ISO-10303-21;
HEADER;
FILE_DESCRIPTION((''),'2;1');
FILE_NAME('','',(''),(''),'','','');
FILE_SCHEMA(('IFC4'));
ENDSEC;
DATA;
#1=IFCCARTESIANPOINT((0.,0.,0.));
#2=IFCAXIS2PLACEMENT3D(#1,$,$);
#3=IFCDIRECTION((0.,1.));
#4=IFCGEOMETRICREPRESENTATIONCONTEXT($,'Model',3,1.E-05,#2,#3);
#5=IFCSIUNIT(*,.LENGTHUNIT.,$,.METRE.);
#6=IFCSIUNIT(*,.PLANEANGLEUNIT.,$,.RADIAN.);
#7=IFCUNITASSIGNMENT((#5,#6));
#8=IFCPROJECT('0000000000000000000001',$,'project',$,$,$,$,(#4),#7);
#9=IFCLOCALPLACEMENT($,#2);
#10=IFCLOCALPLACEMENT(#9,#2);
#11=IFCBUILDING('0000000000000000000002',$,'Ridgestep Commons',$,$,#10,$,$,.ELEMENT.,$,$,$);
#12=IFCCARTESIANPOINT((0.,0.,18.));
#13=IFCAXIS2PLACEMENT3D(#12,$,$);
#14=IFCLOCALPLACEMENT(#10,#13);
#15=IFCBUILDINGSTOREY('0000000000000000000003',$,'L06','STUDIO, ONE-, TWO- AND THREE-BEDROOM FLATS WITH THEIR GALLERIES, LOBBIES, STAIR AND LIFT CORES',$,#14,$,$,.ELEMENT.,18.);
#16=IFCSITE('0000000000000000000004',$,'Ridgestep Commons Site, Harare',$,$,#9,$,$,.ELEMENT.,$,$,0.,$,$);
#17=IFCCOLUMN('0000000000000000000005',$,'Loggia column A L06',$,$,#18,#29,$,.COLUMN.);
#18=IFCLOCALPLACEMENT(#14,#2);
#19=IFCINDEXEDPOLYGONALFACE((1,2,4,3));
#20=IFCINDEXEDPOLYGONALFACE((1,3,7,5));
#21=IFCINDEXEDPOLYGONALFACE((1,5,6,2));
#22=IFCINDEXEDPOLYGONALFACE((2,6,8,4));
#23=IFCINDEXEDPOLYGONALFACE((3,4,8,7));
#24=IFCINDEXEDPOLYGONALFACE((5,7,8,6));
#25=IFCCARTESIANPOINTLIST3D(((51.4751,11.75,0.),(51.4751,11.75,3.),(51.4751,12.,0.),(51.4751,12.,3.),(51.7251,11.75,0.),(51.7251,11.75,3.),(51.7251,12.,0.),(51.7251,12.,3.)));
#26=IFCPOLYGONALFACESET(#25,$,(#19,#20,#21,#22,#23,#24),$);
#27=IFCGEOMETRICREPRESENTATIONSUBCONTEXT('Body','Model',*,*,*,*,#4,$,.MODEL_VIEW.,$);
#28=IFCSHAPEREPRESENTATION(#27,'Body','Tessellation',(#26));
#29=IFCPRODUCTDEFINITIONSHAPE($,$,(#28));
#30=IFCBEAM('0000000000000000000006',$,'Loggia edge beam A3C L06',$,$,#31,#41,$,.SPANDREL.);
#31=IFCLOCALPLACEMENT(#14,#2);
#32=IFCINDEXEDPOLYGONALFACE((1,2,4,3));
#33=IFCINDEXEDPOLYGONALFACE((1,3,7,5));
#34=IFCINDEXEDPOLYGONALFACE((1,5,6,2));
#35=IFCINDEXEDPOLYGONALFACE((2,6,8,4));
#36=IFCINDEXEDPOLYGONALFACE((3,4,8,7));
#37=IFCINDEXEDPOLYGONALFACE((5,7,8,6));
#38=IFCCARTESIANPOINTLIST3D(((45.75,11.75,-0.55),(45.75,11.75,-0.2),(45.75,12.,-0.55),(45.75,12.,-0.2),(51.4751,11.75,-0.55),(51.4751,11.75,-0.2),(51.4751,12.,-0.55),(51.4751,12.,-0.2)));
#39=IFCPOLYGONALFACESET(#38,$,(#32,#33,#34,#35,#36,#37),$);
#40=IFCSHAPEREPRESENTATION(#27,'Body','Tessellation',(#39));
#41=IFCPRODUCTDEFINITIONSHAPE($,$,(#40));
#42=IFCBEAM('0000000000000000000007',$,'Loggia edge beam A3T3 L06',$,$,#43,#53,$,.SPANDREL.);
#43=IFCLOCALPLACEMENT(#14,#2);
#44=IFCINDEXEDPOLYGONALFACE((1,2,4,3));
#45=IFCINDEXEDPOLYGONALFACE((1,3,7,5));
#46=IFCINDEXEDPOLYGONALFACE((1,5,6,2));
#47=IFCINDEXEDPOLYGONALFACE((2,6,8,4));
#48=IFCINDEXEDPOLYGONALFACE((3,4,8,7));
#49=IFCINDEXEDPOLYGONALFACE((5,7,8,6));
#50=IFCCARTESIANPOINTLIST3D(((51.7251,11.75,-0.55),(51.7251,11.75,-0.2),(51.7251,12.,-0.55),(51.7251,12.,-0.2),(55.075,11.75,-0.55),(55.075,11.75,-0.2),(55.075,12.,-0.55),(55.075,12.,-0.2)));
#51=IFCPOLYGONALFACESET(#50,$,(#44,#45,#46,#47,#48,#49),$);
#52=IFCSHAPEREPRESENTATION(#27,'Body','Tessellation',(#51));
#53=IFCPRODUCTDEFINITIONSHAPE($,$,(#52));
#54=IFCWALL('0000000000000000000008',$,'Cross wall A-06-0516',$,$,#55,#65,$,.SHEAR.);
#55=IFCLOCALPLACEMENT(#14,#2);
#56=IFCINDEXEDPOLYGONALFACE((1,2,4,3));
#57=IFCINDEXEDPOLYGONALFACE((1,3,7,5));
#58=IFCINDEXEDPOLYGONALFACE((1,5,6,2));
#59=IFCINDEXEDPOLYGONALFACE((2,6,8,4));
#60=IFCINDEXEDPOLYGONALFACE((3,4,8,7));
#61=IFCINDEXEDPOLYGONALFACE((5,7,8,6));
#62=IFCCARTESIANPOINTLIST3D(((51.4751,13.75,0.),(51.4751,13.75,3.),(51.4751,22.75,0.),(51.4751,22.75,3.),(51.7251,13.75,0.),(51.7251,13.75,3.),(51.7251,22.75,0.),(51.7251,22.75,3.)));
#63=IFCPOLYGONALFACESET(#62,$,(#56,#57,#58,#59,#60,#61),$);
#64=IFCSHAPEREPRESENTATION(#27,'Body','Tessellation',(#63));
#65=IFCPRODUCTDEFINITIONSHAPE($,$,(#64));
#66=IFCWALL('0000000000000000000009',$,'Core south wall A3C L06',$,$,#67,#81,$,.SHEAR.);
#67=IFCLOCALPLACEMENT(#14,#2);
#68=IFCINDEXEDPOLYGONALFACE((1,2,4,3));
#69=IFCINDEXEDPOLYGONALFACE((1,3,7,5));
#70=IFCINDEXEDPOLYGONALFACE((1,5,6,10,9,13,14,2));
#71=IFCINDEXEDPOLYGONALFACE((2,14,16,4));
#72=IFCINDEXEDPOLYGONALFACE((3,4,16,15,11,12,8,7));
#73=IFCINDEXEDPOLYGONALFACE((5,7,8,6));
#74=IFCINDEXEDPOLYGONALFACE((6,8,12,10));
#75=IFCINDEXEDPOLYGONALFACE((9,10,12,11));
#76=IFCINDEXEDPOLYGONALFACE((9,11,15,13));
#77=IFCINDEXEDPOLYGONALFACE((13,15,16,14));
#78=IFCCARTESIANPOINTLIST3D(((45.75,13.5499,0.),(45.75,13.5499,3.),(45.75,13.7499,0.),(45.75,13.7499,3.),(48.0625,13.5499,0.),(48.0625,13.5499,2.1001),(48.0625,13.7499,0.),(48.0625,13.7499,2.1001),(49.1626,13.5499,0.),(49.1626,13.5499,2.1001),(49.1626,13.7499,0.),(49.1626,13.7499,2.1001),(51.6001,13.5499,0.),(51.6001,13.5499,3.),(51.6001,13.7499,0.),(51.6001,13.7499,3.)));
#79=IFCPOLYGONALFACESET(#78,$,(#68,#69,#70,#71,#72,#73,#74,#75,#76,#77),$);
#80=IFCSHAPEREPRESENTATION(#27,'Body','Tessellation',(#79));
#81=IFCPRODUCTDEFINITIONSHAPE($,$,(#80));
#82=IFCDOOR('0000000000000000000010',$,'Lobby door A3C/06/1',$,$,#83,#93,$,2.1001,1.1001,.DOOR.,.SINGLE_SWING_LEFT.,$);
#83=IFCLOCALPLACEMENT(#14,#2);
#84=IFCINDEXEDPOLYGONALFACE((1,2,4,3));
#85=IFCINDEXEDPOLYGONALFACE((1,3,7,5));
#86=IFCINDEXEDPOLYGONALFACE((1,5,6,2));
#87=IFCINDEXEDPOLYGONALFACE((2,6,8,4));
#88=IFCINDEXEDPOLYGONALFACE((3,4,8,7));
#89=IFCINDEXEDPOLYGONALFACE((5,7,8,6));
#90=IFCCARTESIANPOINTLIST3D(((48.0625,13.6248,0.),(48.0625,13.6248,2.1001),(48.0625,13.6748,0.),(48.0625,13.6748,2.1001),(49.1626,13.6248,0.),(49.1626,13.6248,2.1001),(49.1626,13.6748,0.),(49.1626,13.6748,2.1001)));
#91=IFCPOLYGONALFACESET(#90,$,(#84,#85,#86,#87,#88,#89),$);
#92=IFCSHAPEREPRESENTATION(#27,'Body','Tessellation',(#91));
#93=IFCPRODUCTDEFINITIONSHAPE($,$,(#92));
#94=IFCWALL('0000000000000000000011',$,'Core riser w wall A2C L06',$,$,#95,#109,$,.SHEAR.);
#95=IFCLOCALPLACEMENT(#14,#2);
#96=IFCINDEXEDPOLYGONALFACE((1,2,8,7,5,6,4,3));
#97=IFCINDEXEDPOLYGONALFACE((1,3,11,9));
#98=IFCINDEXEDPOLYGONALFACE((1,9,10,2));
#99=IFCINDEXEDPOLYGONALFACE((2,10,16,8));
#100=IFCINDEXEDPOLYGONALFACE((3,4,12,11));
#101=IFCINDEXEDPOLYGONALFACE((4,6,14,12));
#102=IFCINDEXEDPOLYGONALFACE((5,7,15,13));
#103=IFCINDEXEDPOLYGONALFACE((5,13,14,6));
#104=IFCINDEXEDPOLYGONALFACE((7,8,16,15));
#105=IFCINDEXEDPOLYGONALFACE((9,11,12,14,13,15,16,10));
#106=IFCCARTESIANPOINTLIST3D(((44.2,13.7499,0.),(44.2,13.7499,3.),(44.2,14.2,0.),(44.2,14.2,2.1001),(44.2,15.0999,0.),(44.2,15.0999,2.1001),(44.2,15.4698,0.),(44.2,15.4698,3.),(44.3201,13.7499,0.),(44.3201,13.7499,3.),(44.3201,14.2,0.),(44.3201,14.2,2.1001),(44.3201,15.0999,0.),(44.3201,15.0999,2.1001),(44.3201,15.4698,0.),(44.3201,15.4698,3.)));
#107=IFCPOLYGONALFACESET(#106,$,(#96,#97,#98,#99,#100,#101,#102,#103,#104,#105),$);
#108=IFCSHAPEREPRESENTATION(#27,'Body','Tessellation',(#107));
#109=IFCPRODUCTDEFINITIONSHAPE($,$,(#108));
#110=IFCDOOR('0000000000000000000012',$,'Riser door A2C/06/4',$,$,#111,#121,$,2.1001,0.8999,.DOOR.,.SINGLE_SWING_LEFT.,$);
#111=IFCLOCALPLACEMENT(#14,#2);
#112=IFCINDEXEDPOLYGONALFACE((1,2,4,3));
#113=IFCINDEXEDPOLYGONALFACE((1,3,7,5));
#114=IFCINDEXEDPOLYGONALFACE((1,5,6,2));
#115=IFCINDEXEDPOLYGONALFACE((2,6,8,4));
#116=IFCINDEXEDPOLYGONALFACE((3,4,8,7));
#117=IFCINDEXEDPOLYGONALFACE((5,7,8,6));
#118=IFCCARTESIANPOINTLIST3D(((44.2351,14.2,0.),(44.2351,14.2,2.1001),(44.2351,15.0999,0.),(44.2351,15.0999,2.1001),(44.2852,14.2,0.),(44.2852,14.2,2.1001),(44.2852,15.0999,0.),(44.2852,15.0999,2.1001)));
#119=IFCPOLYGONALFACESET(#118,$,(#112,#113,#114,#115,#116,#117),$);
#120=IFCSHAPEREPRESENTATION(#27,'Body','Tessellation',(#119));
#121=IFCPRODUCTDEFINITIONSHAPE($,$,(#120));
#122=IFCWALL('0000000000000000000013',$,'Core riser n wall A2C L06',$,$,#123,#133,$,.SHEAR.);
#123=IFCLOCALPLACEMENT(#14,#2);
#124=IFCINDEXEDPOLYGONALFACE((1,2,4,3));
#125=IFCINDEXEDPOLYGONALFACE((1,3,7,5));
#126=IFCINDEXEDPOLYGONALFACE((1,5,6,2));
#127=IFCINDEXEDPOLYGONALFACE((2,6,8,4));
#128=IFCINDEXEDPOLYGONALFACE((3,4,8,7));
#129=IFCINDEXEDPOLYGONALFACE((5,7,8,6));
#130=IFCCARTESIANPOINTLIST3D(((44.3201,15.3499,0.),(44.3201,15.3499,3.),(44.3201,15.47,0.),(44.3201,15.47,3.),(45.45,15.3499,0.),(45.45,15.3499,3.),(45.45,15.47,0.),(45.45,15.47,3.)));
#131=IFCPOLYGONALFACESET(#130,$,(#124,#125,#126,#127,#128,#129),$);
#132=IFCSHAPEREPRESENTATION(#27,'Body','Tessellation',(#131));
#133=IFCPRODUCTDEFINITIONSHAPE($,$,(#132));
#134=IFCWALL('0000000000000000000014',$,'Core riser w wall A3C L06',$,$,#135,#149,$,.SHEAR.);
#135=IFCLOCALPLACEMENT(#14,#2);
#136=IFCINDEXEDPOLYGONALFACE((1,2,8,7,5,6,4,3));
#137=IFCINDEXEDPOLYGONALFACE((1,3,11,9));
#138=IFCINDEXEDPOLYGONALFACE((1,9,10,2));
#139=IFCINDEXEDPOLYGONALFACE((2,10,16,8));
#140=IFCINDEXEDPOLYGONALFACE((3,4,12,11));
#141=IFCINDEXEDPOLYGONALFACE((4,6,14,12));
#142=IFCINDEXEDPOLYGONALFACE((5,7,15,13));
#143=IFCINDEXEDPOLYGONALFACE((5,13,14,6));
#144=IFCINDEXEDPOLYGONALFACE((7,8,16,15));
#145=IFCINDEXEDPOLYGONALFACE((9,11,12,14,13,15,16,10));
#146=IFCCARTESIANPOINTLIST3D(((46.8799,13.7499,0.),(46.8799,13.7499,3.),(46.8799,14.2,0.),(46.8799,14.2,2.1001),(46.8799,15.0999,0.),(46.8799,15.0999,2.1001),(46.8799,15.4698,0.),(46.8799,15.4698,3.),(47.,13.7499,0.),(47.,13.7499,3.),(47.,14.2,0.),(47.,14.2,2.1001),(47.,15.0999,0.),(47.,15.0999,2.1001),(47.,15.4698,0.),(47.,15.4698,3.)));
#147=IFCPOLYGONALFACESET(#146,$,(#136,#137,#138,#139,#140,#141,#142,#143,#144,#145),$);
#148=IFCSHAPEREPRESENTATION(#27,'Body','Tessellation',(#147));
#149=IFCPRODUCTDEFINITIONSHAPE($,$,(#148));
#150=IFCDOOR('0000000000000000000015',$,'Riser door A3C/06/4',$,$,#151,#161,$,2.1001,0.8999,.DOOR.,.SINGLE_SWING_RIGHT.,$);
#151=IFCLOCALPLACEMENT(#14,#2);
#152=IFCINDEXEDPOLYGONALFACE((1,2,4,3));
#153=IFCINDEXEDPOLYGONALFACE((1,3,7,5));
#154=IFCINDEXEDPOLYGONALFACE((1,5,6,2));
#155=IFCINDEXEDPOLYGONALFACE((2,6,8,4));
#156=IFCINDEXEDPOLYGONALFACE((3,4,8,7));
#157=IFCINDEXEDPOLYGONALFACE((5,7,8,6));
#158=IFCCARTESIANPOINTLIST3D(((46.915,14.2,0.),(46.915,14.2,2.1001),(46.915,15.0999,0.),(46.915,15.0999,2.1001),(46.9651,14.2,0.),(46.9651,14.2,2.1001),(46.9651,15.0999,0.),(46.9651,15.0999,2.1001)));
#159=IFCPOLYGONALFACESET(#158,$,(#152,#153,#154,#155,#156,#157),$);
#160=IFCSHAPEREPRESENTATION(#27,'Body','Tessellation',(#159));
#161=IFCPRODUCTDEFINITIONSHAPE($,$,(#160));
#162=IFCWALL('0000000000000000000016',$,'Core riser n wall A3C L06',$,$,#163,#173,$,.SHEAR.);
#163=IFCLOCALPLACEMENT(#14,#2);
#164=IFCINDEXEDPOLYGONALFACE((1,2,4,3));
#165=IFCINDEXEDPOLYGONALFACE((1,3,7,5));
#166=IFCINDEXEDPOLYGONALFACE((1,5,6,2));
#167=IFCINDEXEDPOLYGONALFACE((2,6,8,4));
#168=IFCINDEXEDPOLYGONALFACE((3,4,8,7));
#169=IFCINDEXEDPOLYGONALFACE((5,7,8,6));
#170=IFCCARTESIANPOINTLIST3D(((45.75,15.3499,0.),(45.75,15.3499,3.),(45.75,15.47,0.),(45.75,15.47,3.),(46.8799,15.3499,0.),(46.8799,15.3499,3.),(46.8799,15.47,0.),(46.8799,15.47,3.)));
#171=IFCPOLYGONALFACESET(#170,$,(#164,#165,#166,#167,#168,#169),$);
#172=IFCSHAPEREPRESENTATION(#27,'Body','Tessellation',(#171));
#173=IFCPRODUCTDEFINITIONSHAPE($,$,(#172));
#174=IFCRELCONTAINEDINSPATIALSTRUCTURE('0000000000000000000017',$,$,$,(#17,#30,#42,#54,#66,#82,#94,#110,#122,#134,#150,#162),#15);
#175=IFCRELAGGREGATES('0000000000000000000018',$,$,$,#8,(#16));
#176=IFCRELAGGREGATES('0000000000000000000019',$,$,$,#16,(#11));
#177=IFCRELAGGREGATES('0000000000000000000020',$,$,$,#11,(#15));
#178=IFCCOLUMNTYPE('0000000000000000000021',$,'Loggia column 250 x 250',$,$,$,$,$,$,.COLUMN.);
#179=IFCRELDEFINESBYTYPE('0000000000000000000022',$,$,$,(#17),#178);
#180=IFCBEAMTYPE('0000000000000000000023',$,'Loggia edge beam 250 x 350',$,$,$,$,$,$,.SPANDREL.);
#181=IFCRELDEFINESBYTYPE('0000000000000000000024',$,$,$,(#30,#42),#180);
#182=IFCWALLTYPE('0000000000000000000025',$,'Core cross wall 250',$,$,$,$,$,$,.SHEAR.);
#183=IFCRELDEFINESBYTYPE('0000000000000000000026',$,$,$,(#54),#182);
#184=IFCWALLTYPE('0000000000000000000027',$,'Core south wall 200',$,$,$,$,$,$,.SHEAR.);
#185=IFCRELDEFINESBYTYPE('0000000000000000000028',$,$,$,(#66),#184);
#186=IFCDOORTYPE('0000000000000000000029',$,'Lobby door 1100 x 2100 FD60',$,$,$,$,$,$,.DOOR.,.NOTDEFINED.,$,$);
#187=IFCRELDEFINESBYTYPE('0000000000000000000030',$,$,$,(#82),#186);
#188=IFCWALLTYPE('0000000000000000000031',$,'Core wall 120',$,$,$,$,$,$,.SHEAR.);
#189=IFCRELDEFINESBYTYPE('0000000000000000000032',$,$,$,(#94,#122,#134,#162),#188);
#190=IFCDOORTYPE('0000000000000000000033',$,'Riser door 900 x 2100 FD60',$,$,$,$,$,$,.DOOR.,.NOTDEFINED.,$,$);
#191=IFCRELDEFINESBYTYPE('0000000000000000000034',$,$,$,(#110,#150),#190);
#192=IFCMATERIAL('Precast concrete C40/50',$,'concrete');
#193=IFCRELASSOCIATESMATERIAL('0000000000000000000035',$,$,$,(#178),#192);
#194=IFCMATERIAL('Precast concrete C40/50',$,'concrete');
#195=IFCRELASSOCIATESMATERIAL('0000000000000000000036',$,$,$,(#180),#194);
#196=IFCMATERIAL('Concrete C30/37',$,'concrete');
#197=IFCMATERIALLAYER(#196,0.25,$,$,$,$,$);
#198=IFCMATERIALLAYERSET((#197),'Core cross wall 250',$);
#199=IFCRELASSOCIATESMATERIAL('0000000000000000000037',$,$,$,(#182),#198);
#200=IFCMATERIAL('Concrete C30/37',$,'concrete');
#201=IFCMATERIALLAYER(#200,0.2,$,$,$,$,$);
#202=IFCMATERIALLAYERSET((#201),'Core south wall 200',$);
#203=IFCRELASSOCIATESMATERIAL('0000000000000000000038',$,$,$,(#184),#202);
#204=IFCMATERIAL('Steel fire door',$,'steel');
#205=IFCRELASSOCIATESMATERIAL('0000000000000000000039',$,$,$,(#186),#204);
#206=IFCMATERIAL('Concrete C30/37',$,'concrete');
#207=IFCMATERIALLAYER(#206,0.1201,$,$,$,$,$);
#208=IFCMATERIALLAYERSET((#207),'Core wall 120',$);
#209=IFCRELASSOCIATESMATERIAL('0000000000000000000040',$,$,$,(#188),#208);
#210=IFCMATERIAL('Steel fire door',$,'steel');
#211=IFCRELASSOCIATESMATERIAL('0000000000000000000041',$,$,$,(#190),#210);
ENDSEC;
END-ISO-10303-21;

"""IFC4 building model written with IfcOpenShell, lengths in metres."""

from ifc_helpers import new_model, si_unit, direction, frame, frame_2d, origin, origin_2d, place, context, subcontext, project, spatial, rectangle, extrude, material, layer, layer_set, material_profile, profile_set, type_object, element, fill, save


model = new_model("IFC4")

# Units and contexts
model_context = context("Model", 3, precision=1e-05, world=origin(), true_north=direction((0.0, 1.0)))
body_context = subcontext(model_context, "Body", "Model", "MODEL_VIEW")
ifc_project = project(units=[si_unit("LENGTHUNIT", "METRE"), si_unit("PLANEANGLEUNIT", "RADIAN")], contexts=[model_context])

# Site, building, storey
site_placement = place(None, origin())
site = spatial("IfcSite", under=ifc_project, at=site_placement, Name="Ridgestep Commons Site, Harare", CompositionType="ELEMENT", RefElevation=0.0)
building_placement = place(site_placement, origin())
building = spatial("IfcBuilding", under=site, at=building_placement, Name="Ridgestep Commons", CompositionType="ELEMENT")
storey_placement = place(building_placement, frame((0.0, 0.0, 18.0)))
storey = spatial("IfcBuildingStorey", under=building, at=storey_placement, Name="L06", Description="STUDIO, ONE-, TWO- AND THREE-BEDROOM FLATS WITH THEIR GALLERIES, LOBBIES, STAIR AND LIFT CORES", CompositionType="ELEMENT", Elevation=18.0)

# Column
ifc_material_1 = material(Name="Precast concrete C40/50", Category="concrete")
ifc_material_profile_1 = material_profile(ifc_material_1, rectangle(XDim=0.25, YDim=0.25, at=origin_2d()), Name="PC 250x250")
ifc_profile_set_1 = profile_set([ifc_material_profile_1], Name="Precast concrete C40/50")
column_type = type_object("IfcColumnType", Name="Loggia column 250 x 250", PredefinedType="COLUMN", material=ifc_profile_set_1)
column_placement = place(storey_placement, frame((51.6001, 11.875, 0.0), z_axis=(0.0, 0.0, 1.0), x_axis=(1.0, 0.0, 0.0)))
element("IfcColumn", 1, at=column_placement, inside=storey, type_object=column_type, Name="Loggia column A L06", PredefinedType="COLUMN", context=body_context, shape_type="SweptSolid", body=[
    extrude(rectangle(XDim=0.25, YDim=0.25, at=origin_2d()), origin(), (0.0, 0.0, 1.0), 3.0),
])

# Beams
ifc_material_2 = material(Name="Precast concrete C40/50", Category="concrete")
ifc_material_profile_2 = material_profile(ifc_material_2, rectangle(XDim=0.25, YDim=0.3501, at=origin_2d()), Name="PC 250x350")
ifc_profile_set_2 = profile_set([ifc_material_profile_2], Name="Precast concrete C40/50")
beam_type = type_object("IfcBeamType", Name="Loggia edge beam 250 x 350", PredefinedType="SPANDREL", material=ifc_profile_set_2)
beam_1_placement = place(storey_placement, frame((45.75, 11.875, -0.375), z_axis=(1.0, 0.0, 0.0), x_axis=(0.0, 1.0, 0.0)))
element("IfcBeam", 2, at=beam_1_placement, inside=storey, type_object=beam_type, Name="Loggia edge beam A3C L06", PredefinedType="SPANDREL", context=body_context, shape_type="SweptSolid", body=[
    extrude(rectangle(XDim=0.25, YDim=0.3501, at=origin_2d()), origin(), (0.0, 0.0, 1.0), 5.7251),
])
beam_2_placement = place(storey_placement, frame((51.7251, 11.875, -0.375), z_axis=(1.0, 0.0, 0.0), x_axis=(0.0, 1.0, 0.0)))
element("IfcBeam", 3, at=beam_2_placement, inside=storey, type_object=beam_type, Name="Loggia edge beam A3T3 L06", PredefinedType="SPANDREL", context=body_context, shape_type="SweptSolid", body=[
    extrude(rectangle(XDim=0.25, YDim=0.3501, at=origin_2d()), origin(), (0.0, 0.0, 1.0), 3.3499),
])

# Wall
ifc_material_3 = material(Name="Concrete C30/37", Category="concrete")
ifc_layer_1 = layer(ifc_material_3, 0.25)
ifc_layer_set_1 = layer_set([ifc_layer_1], Name="Core cross wall 250")
wall_type_1 = type_object("IfcWallType", Name="Core cross wall 250", PredefinedType="SHEAR", material=ifc_layer_set_1)
wall_1_placement = place(storey_placement, frame((51.6001, 13.75, 0.0), z_axis=(0.0, 0.0, 1.0), x_axis=(0.0, 1.0, 0.0)))
element("IfcWall", 4, at=wall_1_placement, inside=storey, type_object=wall_type_1, Name="Cross wall A-06-0516", PredefinedType="SHEAR", context=body_context, shape_type="SweptSolid", body=[
    extrude(rectangle(XDim=9.0, YDim=0.25, at=frame_2d((4.5, 0.0))), origin(), (0.0, 0.0, 1.0), 3.0),
])

# Walls, openings, doors
ifc_material_4 = material(Name="Concrete C30/37", Category="concrete")
ifc_layer_2 = layer(ifc_material_4, 0.2)
ifc_layer_set_2 = layer_set([ifc_layer_2], Name="Core south wall 200")
wall_type_2 = type_object("IfcWallType", Name="Core south wall 200", PredefinedType="SHEAR", material=ifc_layer_set_2)
wall_2_placement = place(storey_placement, frame((45.75, 13.6499, 0.0), z_axis=(0.0, 0.0, 1.0), x_axis=(1.0, 0.0, 0.0)))
wall_2 = element("IfcWall", 5, at=wall_2_placement, inside=storey, type_object=wall_type_2, Name="Core south wall A3C L06", PredefinedType="SHEAR", context=body_context, shape_type="SweptSolid", body=[
    extrude(rectangle(XDim=5.8501, YDim=0.2, at=frame_2d((2.925, 0.0))), origin(), (0.0, 0.0, 1.0), 3.0),
])
opening_1_placement = place(wall_2_placement, frame((2.3125, 0.0, 0.0)))
opening_1 = element("IfcOpeningElement", 6, at=opening_1_placement, cuts=wall_2, PredefinedType="OPENING", context=body_context, shape_type="SweptSolid", body=[
    extrude(rectangle(XDim=1.1001, YDim=2.1001, at=frame_2d((0.55, 1.05))), frame((0.0, 0.1099, 0.0), z_axis=(0.0, -1.0, 0.0), x_axis=(1.0, 0.0, 0.0)), (0.0, 0.0, 1.0), 0.22),
])
ifc_material_5 = material(Name="Steel fire door", Category="steel")
door_type_1 = type_object("IfcDoorType", Name="Lobby door 1100 x 2100 FD60", OperationType="NOTDEFINED", PredefinedType="DOOR", material=ifc_material_5)
door_1_placement = place(opening_1_placement, origin())
door_1 = element("IfcDoor", 7, at=door_1_placement, inside=storey, type_object=door_type_1, Name="Lobby door A3C/06/1", OperationType="SINGLE_SWING_LEFT", OverallHeight=2.1001, OverallWidth=1.1001, PredefinedType="DOOR", context=body_context, shape_type="SweptSolid", body=[
    extrude(rectangle(XDim=1.1001, YDim=2.1001, at=frame_2d((0.55, 1.05))), frame((0.0, 0.0249, 0.0), z_axis=(0.0, -1.0, 0.0), x_axis=(1.0, 0.0, 0.0)), (0.0, 0.0, 1.0), 0.05),
])
fill(opening_1, door_1)
ifc_material_6 = material(Name="Concrete C30/37", Category="concrete")
ifc_layer_3 = layer(ifc_material_6, 0.1201)
ifc_layer_set_3 = layer_set([ifc_layer_3], Name="Core wall 120")
wall_type_3 = type_object("IfcWallType", Name="Core wall 120", PredefinedType="SHEAR", material=ifc_layer_set_3)
wall_3_placement = place(storey_placement, frame((44.26, 13.75, 0.0), z_axis=(0.0, 0.0, 1.0), x_axis=(0.0, 1.0, 0.0)))
wall_3 = element("IfcWall", 8, at=wall_3_placement, inside=storey, type_object=wall_type_3, Name="Core riser w wall A2C L06", PredefinedType="SHEAR", context=body_context, shape_type="SweptSolid", body=[
    extrude(rectangle(XDim=1.72, YDim=0.1201, at=frame_2d((0.8599, 0.0))), origin(), (0.0, 0.0, 1.0), 3.0),
])
opening_2_placement = place(wall_3_placement, frame((0.45, 0.0, 0.0)))
opening_2 = element("IfcOpeningElement", 9, at=opening_2_placement, cuts=wall_3, PredefinedType="OPENING", context=body_context, shape_type="SweptSolid", body=[
    extrude(rectangle(XDim=0.8999, YDim=2.1001, at=frame_2d((0.45, 1.05))), frame((0.0, 0.0701, 0.0), z_axis=(0.0, -1.0, 0.0), x_axis=(1.0, 0.0, 0.0)), (0.0, 0.0, 1.0), 0.1401),
])
ifc_material_7 = material(Name="Steel fire door", Category="steel")
door_type_2 = type_object("IfcDoorType", Name="Riser door 900 x 2100 FD60", OperationType="NOTDEFINED", PredefinedType="DOOR", material=ifc_material_7)
door_2_placement = place(opening_2_placement, origin())
door_2 = element("IfcDoor", 10, at=door_2_placement, inside=storey, type_object=door_type_2, Name="Riser door A2C/06/4", OperationType="SINGLE_SWING_LEFT", OverallHeight=2.1001, OverallWidth=0.8999, PredefinedType="DOOR", context=body_context, shape_type="SweptSolid", body=[
    extrude(rectangle(XDim=0.8999, YDim=2.1001, at=frame_2d((0.45, 1.05))), frame((0.0, 0.0249, 0.0), z_axis=(0.0, -1.0, 0.0), x_axis=(1.0, 0.0, 0.0)), (0.0, 0.0, 1.0), 0.05),
])
fill(opening_2, door_2)

# Wall
wall_4_placement = place(storey_placement, frame((44.3201, 15.4099, 0.0), z_axis=(0.0, 0.0, 1.0), x_axis=(1.0, 0.0, 0.0)))
element("IfcWall", 11, at=wall_4_placement, inside=storey, type_object=wall_type_3, Name="Core riser n wall A2C L06", PredefinedType="SHEAR", context=body_context, shape_type="SweptSolid", body=[
    extrude(rectangle(XDim=1.1299, YDim=0.1201, at=frame_2d((0.5649, 0.0))), origin(), (0.0, 0.0, 1.0), 3.0),
])

# Wall, opening, door
wall_5_placement = place(storey_placement, frame((46.9399, 13.75, 0.0), z_axis=(0.0, 0.0, 1.0), x_axis=(0.0, 1.0, 0.0)))
wall_5 = element("IfcWall", 12, at=wall_5_placement, inside=storey, type_object=wall_type_3, Name="Core riser w wall A3C L06", PredefinedType="SHEAR", context=body_context, shape_type="SweptSolid", body=[
    extrude(rectangle(XDim=1.72, YDim=0.1201, at=frame_2d((0.8599, 0.0))), origin(), (0.0, 0.0, 1.0), 3.0),
])
opening_3_placement = place(wall_5_placement, frame((0.45, 0.0, 0.0)))
opening_3 = element("IfcOpeningElement", 13, at=opening_3_placement, cuts=wall_5, PredefinedType="OPENING", context=body_context, shape_type="SweptSolid", body=[
    extrude(rectangle(XDim=0.8999, YDim=2.1001, at=frame_2d((0.45, 1.05))), frame((0.0, 0.0701, 0.0), z_axis=(0.0, -1.0, 0.0), x_axis=(1.0, 0.0, 0.0)), (0.0, 0.0, 1.0), 0.1401),
])
door_3_placement = place(opening_3_placement, origin())
door_3 = element("IfcDoor", 14, at=door_3_placement, inside=storey, type_object=door_type_2, Name="Riser door A3C/06/4", OperationType="SINGLE_SWING_RIGHT", OverallHeight=2.1001, OverallWidth=0.8999, PredefinedType="DOOR", context=body_context, shape_type="SweptSolid", body=[
    extrude(rectangle(XDim=0.8999, YDim=2.1001, at=frame_2d((0.45, 1.05))), frame((0.0, 0.0249, 0.0), z_axis=(0.0, -1.0, 0.0), x_axis=(1.0, 0.0, 0.0)), (0.0, 0.0, 1.0), 0.05),
])
fill(opening_3, door_3)

# Wall
wall_6_placement = place(storey_placement, frame((45.75, 15.4099, 0.0), z_axis=(0.0, 0.0, 1.0), x_axis=(1.0, 0.0, 0.0)))
element("IfcWall", 15, at=wall_6_placement, inside=storey, type_object=wall_type_3, Name="Core riser n wall A3C L06", PredefinedType="SHEAR", context=body_context, shape_type="SweptSolid", body=[
    extrude(rectangle(XDim=1.1299, YDim=0.1201, at=frame_2d((0.5649, 0.0))), origin(), (0.0, 0.0, 1.0), 3.0),
])

save(model, "model.ifc")
